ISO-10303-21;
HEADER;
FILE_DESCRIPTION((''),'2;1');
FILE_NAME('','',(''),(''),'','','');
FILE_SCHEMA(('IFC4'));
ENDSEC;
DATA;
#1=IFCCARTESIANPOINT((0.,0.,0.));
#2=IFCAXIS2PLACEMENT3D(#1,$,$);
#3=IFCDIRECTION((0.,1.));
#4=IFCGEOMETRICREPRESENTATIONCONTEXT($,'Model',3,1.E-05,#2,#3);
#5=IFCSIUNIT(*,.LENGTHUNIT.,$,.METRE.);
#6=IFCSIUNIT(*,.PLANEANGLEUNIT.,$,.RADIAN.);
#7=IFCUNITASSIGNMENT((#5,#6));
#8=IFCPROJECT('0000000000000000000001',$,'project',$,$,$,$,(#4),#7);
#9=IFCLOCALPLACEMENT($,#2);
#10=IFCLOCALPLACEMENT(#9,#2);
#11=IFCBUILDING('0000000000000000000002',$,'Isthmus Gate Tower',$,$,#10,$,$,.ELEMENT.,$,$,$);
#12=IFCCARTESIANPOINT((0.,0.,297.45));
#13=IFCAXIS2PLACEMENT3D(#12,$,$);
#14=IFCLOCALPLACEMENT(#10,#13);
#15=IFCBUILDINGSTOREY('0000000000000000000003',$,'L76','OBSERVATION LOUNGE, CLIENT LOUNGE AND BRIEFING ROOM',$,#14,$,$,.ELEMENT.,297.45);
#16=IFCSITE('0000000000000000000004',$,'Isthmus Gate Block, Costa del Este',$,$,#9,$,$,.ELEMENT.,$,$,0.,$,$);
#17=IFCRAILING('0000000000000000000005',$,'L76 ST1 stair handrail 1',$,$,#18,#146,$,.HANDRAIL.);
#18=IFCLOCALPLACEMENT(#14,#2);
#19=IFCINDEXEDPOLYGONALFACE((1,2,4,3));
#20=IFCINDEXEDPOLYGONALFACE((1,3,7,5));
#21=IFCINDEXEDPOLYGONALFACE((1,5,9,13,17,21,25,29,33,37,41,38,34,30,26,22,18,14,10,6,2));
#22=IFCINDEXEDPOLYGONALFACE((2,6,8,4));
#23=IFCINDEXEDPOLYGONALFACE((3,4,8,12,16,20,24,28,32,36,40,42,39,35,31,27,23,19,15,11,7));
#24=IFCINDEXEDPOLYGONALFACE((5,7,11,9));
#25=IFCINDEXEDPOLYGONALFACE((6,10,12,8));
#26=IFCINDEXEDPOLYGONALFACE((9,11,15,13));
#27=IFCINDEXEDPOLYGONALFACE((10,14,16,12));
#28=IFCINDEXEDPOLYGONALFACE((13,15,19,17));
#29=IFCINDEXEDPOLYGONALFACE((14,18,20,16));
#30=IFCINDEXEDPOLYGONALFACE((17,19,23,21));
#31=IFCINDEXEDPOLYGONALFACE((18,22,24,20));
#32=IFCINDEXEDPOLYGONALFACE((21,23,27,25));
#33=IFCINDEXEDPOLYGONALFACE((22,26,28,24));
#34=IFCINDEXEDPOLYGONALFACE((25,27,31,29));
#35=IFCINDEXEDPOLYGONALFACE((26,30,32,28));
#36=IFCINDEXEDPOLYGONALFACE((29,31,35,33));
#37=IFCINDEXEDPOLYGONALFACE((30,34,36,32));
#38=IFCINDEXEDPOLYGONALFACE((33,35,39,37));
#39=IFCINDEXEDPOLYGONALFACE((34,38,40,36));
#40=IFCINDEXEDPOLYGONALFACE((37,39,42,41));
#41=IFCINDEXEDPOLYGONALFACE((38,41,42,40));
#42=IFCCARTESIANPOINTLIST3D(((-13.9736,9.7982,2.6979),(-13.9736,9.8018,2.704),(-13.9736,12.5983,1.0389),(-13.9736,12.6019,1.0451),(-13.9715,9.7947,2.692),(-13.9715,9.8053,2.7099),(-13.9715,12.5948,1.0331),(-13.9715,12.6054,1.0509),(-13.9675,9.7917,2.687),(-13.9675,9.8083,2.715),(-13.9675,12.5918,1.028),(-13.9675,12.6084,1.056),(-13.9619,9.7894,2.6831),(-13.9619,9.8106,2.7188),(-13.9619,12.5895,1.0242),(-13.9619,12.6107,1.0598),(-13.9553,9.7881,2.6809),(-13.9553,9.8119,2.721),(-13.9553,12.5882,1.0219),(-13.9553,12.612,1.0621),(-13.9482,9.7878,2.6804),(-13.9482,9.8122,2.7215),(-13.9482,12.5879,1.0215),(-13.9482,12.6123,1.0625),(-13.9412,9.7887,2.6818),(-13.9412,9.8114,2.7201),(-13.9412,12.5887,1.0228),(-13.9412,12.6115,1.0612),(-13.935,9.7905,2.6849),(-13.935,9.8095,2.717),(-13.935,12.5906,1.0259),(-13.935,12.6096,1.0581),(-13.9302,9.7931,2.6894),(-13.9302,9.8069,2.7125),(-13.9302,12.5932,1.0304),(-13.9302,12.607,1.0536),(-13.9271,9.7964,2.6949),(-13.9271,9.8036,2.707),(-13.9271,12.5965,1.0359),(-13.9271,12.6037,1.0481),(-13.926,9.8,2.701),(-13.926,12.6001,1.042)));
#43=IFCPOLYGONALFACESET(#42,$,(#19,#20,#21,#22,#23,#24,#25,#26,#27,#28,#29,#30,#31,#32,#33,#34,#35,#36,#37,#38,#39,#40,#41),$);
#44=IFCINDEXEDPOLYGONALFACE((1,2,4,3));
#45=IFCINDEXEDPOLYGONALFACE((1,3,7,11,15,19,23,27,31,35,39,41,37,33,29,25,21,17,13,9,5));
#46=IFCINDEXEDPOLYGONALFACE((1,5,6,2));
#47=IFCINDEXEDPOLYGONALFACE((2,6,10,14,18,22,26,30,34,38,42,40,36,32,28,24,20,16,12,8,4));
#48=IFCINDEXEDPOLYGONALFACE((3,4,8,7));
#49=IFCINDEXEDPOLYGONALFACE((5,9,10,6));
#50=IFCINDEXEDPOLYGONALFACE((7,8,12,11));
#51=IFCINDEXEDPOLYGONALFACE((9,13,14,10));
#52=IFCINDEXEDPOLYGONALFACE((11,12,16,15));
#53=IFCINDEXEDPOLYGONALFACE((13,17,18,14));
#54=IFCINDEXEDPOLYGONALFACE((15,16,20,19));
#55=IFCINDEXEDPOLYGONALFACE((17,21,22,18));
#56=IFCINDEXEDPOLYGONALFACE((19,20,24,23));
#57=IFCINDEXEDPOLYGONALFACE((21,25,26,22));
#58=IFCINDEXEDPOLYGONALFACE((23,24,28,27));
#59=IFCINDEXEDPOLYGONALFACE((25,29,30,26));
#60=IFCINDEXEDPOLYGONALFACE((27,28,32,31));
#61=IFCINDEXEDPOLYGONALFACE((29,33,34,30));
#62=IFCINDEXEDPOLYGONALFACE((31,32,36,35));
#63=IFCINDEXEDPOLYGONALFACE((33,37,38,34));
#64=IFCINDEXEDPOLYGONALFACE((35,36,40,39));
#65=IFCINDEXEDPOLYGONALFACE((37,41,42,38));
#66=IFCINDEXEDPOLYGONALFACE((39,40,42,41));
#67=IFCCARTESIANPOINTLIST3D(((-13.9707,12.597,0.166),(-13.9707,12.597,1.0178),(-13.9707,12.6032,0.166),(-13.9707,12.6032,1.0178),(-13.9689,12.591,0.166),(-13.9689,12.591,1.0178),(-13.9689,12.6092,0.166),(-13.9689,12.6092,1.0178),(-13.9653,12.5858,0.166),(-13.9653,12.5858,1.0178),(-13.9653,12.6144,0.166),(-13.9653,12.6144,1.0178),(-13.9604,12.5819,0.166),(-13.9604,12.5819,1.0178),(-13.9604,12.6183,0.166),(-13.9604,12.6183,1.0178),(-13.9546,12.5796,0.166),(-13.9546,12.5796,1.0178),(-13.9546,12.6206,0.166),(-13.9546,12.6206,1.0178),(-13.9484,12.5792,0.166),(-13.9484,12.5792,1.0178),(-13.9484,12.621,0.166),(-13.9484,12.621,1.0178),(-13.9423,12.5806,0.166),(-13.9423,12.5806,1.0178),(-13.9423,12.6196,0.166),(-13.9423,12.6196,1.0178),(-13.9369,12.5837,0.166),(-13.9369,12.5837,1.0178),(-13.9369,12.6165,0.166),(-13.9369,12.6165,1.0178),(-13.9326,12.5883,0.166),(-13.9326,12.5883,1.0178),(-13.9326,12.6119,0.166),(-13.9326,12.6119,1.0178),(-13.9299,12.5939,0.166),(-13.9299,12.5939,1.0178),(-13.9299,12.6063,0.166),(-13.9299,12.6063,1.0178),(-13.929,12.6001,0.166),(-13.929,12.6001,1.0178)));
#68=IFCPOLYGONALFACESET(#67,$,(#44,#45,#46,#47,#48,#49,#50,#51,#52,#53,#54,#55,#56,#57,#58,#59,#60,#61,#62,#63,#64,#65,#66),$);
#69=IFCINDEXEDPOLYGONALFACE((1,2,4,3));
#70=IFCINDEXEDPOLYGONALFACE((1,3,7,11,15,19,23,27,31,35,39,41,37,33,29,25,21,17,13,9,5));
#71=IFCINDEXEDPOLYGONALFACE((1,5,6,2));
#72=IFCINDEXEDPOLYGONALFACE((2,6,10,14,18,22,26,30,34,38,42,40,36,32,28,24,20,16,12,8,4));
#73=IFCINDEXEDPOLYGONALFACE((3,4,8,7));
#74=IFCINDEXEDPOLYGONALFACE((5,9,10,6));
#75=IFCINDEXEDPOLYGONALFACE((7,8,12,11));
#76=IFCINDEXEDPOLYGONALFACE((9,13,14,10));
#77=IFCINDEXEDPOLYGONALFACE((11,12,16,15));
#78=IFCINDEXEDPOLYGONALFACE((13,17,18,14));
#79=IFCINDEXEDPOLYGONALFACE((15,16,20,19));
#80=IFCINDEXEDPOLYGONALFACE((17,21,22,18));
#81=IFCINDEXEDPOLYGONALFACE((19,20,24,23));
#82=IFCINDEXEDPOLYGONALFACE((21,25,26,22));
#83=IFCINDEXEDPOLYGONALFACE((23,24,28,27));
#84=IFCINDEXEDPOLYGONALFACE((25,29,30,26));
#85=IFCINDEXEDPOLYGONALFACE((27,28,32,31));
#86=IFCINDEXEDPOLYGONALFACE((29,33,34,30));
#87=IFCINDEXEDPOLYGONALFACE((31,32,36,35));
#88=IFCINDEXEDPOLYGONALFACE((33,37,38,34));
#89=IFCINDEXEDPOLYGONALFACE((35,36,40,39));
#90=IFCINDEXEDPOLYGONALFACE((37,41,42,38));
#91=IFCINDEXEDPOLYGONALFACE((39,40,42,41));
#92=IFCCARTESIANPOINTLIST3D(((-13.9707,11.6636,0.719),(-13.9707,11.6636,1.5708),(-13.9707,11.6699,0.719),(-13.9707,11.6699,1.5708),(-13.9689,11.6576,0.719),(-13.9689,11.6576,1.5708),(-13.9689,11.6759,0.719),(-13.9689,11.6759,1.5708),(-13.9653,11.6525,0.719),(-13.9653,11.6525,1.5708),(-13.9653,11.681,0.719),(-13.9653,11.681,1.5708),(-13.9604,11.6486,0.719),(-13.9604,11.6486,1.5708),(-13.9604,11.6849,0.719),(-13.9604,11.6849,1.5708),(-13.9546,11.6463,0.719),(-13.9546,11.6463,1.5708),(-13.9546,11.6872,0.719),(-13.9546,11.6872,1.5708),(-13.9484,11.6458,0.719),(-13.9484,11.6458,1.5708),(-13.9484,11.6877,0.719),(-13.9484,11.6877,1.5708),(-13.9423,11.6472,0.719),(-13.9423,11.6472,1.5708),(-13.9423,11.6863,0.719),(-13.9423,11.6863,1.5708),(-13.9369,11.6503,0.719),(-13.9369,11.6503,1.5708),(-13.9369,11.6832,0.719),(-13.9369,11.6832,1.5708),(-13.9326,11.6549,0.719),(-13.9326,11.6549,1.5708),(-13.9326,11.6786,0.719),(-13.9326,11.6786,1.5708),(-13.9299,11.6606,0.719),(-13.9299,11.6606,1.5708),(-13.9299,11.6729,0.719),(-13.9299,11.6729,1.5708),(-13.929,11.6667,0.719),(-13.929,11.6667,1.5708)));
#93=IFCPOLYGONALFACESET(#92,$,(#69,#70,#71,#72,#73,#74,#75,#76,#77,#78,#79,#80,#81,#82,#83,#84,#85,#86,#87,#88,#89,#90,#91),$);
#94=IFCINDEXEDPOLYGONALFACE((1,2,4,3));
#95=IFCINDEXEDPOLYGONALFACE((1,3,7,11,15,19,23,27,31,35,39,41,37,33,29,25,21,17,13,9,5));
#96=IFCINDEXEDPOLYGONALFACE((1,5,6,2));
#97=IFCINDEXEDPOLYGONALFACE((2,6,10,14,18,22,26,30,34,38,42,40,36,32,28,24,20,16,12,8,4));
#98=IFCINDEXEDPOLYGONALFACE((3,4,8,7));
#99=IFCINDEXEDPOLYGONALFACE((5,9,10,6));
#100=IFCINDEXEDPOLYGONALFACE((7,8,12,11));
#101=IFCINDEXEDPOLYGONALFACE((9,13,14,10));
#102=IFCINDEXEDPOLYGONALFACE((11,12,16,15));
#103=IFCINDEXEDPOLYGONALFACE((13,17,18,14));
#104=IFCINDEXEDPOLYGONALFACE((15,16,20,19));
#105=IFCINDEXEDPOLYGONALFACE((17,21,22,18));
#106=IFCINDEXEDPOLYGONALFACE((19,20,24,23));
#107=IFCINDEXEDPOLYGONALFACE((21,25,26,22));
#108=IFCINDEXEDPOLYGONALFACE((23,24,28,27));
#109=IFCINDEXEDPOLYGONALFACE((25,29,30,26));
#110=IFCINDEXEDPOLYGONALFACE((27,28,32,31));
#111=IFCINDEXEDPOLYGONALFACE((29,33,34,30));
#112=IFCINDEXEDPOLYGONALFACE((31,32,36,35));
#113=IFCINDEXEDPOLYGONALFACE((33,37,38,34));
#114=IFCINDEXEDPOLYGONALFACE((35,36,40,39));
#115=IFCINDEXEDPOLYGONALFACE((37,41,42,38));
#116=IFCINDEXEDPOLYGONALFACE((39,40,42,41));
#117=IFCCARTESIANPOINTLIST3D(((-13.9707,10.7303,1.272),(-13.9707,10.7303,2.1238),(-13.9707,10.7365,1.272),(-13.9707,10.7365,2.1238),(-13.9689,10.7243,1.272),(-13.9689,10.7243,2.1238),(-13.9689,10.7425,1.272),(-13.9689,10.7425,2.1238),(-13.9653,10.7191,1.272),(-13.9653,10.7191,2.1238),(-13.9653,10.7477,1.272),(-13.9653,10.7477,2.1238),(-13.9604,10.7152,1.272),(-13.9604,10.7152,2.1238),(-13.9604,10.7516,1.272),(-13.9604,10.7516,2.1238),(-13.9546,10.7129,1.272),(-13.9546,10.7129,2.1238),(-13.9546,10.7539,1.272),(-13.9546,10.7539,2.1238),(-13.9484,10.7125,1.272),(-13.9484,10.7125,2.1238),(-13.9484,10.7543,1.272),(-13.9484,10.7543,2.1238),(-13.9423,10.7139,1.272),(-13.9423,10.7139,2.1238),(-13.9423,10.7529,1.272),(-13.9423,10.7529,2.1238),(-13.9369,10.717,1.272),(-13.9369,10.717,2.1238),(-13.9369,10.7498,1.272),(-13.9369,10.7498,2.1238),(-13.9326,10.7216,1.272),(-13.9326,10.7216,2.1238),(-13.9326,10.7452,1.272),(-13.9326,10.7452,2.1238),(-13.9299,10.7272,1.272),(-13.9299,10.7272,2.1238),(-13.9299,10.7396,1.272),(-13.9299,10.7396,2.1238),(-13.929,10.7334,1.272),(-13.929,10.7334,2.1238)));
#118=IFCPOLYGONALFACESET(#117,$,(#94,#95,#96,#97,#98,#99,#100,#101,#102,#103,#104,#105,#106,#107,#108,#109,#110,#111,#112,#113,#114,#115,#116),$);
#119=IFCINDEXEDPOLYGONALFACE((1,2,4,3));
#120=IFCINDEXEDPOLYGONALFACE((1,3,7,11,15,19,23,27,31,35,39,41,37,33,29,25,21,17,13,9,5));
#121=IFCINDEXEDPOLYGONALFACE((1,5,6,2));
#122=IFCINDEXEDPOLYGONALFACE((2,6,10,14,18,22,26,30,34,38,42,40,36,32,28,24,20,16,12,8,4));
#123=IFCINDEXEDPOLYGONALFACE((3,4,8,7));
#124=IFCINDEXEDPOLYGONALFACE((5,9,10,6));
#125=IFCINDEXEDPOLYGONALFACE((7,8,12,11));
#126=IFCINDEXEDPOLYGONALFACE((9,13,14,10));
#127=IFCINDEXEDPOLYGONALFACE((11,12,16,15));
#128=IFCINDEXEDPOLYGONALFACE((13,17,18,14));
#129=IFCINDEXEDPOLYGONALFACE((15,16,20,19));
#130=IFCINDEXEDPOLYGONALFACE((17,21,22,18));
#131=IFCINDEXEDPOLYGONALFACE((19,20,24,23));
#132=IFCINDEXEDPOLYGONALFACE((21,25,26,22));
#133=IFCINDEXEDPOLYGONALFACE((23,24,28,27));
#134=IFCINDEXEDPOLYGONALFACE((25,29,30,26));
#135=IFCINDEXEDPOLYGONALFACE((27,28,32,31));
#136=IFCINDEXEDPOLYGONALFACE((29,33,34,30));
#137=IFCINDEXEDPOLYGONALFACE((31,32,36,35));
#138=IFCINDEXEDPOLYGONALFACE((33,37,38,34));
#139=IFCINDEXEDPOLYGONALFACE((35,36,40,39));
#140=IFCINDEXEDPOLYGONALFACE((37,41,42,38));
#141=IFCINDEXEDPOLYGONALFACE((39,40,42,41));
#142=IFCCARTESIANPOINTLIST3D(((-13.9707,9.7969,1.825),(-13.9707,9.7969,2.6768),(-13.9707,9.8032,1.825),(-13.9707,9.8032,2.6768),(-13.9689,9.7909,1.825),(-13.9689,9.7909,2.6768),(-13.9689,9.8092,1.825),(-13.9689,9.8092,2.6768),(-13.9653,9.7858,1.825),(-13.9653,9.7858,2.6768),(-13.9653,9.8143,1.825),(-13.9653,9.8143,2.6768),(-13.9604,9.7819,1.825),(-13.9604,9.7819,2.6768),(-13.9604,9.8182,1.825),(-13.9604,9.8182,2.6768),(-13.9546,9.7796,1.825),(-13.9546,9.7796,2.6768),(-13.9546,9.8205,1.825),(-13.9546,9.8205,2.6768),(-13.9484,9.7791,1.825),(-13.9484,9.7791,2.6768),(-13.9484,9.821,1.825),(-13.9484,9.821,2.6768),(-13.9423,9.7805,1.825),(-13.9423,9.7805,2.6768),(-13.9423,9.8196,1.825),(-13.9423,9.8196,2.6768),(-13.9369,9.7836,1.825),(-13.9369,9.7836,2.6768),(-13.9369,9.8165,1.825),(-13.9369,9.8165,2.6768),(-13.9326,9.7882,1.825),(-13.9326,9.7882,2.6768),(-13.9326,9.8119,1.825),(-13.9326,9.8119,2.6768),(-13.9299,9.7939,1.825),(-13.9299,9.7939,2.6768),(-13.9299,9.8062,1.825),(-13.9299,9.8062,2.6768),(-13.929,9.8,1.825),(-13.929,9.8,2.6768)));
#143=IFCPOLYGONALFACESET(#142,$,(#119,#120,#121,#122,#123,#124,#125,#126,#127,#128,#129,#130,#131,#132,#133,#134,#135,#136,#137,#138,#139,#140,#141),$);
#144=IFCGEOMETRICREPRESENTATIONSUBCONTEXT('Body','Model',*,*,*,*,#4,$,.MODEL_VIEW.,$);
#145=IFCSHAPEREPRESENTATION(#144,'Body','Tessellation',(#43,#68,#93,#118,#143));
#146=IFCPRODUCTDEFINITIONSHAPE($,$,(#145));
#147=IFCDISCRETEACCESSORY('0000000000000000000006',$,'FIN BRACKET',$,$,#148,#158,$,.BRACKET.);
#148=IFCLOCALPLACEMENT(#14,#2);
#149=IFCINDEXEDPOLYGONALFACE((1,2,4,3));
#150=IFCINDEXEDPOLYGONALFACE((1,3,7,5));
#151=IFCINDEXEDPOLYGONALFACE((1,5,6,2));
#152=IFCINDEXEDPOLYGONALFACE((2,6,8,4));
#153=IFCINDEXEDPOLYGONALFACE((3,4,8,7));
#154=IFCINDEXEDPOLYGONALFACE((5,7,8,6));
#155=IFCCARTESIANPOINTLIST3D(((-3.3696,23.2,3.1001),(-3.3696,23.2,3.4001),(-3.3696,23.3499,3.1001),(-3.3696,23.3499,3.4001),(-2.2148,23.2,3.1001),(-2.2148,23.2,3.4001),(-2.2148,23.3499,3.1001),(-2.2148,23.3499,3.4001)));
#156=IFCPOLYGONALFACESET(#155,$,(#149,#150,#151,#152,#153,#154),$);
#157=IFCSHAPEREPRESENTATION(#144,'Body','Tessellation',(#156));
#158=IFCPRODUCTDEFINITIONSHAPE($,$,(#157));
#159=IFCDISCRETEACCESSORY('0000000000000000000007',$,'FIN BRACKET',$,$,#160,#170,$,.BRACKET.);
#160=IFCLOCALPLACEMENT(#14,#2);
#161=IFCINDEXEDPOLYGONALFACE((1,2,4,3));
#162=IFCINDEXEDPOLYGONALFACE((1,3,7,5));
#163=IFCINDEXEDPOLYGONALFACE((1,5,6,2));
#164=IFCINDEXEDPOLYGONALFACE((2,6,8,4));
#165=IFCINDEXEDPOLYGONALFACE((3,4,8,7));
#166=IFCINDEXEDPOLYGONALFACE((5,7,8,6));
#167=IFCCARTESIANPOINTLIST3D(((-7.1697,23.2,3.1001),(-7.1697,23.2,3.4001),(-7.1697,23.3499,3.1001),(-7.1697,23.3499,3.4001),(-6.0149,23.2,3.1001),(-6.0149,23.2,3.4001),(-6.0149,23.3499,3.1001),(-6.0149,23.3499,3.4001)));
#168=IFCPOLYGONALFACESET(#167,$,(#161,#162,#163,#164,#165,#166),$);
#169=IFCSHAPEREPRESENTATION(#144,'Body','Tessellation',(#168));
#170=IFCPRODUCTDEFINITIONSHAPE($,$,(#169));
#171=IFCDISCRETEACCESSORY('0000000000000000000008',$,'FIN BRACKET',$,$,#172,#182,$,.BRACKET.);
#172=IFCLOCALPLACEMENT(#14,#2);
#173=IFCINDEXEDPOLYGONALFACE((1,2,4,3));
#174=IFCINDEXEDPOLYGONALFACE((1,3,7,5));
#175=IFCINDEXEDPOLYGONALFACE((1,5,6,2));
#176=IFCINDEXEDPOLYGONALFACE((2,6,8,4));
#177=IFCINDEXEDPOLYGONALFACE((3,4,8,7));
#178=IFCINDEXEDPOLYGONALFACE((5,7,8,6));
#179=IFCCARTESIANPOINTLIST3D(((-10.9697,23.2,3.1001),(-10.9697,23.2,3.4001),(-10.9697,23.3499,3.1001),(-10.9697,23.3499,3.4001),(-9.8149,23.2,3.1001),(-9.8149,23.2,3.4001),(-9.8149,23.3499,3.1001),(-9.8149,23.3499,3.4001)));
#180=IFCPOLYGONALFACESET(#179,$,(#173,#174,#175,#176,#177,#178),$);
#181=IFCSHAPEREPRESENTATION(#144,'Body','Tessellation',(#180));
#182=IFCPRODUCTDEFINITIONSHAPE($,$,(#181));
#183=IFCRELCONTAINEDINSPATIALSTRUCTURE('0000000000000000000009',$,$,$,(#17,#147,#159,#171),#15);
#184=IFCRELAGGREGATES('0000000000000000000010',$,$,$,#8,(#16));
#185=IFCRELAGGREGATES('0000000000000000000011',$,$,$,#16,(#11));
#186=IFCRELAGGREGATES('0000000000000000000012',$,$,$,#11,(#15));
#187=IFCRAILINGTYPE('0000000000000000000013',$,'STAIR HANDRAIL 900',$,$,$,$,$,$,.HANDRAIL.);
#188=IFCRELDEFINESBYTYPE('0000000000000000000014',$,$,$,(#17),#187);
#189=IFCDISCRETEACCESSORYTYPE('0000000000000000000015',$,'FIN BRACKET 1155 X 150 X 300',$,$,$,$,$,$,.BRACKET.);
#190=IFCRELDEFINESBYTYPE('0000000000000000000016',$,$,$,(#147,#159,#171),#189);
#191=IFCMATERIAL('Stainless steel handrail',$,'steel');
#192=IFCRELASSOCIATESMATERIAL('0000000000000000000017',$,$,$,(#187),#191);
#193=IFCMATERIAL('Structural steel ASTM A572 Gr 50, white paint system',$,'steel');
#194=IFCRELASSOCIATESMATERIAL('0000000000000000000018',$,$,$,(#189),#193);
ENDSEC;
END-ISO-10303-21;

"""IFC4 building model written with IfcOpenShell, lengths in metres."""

from ifc_helpers import new_model, si_unit, direction, frame, origin, origin_2d, place, context, subcontext, project, spatial, rectangle, circle, extrude, material, type_object, element, save


model = new_model("IFC4")

# Units and contexts
model_context = context("Model", 3, precision=1e-05, world=origin(), true_north=direction((0.0, 1.0)))
body_context = subcontext(model_context, "Body", "Model", "MODEL_VIEW")
ifc_project = project(units=[si_unit("LENGTHUNIT", "METRE"), si_unit("PLANEANGLEUNIT", "RADIAN")], contexts=[model_context])

# Site, building, storey
site_placement = place(None, origin())
site = spatial("IfcSite", under=ifc_project, at=site_placement, Name="Isthmus Gate Block, Costa del Este", CompositionType="ELEMENT", RefElevation=0.0)
building_placement = place(site_placement, origin())
building = spatial("IfcBuilding", under=site, at=building_placement, Name="Isthmus Gate Tower", CompositionType="ELEMENT")
storey_placement = place(building_placement, frame((0.0, 0.0, 297.45)))
storey = spatial("IfcBuildingStorey", under=building, at=storey_placement, Name="L76", Description="OBSERVATION LOUNGE, CLIENT LOUNGE AND BRIEFING ROOM", CompositionType="ELEMENT", Elevation=297.45)

# Railing
ifc_material_1 = material(Name="Stainless steel handrail", Category="steel")
railing_type_1 = type_object("IfcRailingType", Name="STAIR HANDRAIL 900", PredefinedType="HANDRAIL", material=ifc_material_1)
railing_1_placement = place(storey_placement, frame((-13.95, 12.6001, 0.166)))
element("IfcRailing", 1, at=railing_1_placement, inside=storey, type_object=railing_type_1, Name="L76 ST1 stair handrail 1", PredefinedType="HANDRAIL", context=body_context, shape_type="SweptSolid", body=[
    extrude(circle(Radius=0.0239, at=origin_2d()), frame((0.0, 0.0, 0.876), z_axis=(0.0, -0.860339, 0.509722), x_axis=(1.0, 0.0, 0.0)), (0.0, 0.0, 1.0), 3.2546),
    extrude(circle(Radius=0.021, at=origin_2d()), origin(), (0.0, 0.0, 1.0), 0.8518),
    extrude(circle(Radius=0.021, at=origin_2d()), frame((0.0, -0.9333, 0.553)), (0.0, 0.0, 1.0), 0.8518),
    extrude(circle(Radius=0.021, at=origin_2d()), frame((0.0, -1.8667, 1.106)), (0.0, 0.0, 1.0), 0.8518),
    extrude(circle(Radius=0.021, at=origin_2d()), frame((0.0, -2.8, 1.6589)), (0.0, 0.0, 1.0), 0.8518),
])

# Discrete accessories
ifc_material_2 = material(Name="Structural steel ASTM A572 Gr 50, white paint system", Category="steel")
discrete_accessory_type = type_object("IfcDiscreteAccessoryType", Name="FIN BRACKET 1155 X 150 X 300", PredefinedType="BRACKET", material=ifc_material_2)
for number, where, z_axis, x_axis, name in (
    (2, (-2.7922, 23.2749, 3.1001), (0.0, 0.0, 1.0), (0.0, 1.0, 0.0), "FIN BRACKET"),
    (3, (-6.5923, 23.2749, 3.1001), (0.0, 0.0, 1.0), (0.0, 1.0, 0.0), "FIN BRACKET"),
    (4, (-10.3923, 23.2749, 3.1001), (0.0, 0.0, 1.0), (0.0, 1.0, 0.0), "FIN BRACKET"),
):
    element("IfcDiscreteAccessory", number, at=place(storey_placement, frame(where, z_axis=z_axis, x_axis=x_axis)), inside=storey, type_object=discrete_accessory_type, Name=name, PredefinedType="BRACKET", context=body_context, shape_type="SweptSolid", body=[
        extrude(rectangle(XDim=0.1499, YDim=1.1548, at=origin_2d()), origin(), (0.0, 0.0, 1.0), 0.3),
    ])

save(model, "model.ifc")
